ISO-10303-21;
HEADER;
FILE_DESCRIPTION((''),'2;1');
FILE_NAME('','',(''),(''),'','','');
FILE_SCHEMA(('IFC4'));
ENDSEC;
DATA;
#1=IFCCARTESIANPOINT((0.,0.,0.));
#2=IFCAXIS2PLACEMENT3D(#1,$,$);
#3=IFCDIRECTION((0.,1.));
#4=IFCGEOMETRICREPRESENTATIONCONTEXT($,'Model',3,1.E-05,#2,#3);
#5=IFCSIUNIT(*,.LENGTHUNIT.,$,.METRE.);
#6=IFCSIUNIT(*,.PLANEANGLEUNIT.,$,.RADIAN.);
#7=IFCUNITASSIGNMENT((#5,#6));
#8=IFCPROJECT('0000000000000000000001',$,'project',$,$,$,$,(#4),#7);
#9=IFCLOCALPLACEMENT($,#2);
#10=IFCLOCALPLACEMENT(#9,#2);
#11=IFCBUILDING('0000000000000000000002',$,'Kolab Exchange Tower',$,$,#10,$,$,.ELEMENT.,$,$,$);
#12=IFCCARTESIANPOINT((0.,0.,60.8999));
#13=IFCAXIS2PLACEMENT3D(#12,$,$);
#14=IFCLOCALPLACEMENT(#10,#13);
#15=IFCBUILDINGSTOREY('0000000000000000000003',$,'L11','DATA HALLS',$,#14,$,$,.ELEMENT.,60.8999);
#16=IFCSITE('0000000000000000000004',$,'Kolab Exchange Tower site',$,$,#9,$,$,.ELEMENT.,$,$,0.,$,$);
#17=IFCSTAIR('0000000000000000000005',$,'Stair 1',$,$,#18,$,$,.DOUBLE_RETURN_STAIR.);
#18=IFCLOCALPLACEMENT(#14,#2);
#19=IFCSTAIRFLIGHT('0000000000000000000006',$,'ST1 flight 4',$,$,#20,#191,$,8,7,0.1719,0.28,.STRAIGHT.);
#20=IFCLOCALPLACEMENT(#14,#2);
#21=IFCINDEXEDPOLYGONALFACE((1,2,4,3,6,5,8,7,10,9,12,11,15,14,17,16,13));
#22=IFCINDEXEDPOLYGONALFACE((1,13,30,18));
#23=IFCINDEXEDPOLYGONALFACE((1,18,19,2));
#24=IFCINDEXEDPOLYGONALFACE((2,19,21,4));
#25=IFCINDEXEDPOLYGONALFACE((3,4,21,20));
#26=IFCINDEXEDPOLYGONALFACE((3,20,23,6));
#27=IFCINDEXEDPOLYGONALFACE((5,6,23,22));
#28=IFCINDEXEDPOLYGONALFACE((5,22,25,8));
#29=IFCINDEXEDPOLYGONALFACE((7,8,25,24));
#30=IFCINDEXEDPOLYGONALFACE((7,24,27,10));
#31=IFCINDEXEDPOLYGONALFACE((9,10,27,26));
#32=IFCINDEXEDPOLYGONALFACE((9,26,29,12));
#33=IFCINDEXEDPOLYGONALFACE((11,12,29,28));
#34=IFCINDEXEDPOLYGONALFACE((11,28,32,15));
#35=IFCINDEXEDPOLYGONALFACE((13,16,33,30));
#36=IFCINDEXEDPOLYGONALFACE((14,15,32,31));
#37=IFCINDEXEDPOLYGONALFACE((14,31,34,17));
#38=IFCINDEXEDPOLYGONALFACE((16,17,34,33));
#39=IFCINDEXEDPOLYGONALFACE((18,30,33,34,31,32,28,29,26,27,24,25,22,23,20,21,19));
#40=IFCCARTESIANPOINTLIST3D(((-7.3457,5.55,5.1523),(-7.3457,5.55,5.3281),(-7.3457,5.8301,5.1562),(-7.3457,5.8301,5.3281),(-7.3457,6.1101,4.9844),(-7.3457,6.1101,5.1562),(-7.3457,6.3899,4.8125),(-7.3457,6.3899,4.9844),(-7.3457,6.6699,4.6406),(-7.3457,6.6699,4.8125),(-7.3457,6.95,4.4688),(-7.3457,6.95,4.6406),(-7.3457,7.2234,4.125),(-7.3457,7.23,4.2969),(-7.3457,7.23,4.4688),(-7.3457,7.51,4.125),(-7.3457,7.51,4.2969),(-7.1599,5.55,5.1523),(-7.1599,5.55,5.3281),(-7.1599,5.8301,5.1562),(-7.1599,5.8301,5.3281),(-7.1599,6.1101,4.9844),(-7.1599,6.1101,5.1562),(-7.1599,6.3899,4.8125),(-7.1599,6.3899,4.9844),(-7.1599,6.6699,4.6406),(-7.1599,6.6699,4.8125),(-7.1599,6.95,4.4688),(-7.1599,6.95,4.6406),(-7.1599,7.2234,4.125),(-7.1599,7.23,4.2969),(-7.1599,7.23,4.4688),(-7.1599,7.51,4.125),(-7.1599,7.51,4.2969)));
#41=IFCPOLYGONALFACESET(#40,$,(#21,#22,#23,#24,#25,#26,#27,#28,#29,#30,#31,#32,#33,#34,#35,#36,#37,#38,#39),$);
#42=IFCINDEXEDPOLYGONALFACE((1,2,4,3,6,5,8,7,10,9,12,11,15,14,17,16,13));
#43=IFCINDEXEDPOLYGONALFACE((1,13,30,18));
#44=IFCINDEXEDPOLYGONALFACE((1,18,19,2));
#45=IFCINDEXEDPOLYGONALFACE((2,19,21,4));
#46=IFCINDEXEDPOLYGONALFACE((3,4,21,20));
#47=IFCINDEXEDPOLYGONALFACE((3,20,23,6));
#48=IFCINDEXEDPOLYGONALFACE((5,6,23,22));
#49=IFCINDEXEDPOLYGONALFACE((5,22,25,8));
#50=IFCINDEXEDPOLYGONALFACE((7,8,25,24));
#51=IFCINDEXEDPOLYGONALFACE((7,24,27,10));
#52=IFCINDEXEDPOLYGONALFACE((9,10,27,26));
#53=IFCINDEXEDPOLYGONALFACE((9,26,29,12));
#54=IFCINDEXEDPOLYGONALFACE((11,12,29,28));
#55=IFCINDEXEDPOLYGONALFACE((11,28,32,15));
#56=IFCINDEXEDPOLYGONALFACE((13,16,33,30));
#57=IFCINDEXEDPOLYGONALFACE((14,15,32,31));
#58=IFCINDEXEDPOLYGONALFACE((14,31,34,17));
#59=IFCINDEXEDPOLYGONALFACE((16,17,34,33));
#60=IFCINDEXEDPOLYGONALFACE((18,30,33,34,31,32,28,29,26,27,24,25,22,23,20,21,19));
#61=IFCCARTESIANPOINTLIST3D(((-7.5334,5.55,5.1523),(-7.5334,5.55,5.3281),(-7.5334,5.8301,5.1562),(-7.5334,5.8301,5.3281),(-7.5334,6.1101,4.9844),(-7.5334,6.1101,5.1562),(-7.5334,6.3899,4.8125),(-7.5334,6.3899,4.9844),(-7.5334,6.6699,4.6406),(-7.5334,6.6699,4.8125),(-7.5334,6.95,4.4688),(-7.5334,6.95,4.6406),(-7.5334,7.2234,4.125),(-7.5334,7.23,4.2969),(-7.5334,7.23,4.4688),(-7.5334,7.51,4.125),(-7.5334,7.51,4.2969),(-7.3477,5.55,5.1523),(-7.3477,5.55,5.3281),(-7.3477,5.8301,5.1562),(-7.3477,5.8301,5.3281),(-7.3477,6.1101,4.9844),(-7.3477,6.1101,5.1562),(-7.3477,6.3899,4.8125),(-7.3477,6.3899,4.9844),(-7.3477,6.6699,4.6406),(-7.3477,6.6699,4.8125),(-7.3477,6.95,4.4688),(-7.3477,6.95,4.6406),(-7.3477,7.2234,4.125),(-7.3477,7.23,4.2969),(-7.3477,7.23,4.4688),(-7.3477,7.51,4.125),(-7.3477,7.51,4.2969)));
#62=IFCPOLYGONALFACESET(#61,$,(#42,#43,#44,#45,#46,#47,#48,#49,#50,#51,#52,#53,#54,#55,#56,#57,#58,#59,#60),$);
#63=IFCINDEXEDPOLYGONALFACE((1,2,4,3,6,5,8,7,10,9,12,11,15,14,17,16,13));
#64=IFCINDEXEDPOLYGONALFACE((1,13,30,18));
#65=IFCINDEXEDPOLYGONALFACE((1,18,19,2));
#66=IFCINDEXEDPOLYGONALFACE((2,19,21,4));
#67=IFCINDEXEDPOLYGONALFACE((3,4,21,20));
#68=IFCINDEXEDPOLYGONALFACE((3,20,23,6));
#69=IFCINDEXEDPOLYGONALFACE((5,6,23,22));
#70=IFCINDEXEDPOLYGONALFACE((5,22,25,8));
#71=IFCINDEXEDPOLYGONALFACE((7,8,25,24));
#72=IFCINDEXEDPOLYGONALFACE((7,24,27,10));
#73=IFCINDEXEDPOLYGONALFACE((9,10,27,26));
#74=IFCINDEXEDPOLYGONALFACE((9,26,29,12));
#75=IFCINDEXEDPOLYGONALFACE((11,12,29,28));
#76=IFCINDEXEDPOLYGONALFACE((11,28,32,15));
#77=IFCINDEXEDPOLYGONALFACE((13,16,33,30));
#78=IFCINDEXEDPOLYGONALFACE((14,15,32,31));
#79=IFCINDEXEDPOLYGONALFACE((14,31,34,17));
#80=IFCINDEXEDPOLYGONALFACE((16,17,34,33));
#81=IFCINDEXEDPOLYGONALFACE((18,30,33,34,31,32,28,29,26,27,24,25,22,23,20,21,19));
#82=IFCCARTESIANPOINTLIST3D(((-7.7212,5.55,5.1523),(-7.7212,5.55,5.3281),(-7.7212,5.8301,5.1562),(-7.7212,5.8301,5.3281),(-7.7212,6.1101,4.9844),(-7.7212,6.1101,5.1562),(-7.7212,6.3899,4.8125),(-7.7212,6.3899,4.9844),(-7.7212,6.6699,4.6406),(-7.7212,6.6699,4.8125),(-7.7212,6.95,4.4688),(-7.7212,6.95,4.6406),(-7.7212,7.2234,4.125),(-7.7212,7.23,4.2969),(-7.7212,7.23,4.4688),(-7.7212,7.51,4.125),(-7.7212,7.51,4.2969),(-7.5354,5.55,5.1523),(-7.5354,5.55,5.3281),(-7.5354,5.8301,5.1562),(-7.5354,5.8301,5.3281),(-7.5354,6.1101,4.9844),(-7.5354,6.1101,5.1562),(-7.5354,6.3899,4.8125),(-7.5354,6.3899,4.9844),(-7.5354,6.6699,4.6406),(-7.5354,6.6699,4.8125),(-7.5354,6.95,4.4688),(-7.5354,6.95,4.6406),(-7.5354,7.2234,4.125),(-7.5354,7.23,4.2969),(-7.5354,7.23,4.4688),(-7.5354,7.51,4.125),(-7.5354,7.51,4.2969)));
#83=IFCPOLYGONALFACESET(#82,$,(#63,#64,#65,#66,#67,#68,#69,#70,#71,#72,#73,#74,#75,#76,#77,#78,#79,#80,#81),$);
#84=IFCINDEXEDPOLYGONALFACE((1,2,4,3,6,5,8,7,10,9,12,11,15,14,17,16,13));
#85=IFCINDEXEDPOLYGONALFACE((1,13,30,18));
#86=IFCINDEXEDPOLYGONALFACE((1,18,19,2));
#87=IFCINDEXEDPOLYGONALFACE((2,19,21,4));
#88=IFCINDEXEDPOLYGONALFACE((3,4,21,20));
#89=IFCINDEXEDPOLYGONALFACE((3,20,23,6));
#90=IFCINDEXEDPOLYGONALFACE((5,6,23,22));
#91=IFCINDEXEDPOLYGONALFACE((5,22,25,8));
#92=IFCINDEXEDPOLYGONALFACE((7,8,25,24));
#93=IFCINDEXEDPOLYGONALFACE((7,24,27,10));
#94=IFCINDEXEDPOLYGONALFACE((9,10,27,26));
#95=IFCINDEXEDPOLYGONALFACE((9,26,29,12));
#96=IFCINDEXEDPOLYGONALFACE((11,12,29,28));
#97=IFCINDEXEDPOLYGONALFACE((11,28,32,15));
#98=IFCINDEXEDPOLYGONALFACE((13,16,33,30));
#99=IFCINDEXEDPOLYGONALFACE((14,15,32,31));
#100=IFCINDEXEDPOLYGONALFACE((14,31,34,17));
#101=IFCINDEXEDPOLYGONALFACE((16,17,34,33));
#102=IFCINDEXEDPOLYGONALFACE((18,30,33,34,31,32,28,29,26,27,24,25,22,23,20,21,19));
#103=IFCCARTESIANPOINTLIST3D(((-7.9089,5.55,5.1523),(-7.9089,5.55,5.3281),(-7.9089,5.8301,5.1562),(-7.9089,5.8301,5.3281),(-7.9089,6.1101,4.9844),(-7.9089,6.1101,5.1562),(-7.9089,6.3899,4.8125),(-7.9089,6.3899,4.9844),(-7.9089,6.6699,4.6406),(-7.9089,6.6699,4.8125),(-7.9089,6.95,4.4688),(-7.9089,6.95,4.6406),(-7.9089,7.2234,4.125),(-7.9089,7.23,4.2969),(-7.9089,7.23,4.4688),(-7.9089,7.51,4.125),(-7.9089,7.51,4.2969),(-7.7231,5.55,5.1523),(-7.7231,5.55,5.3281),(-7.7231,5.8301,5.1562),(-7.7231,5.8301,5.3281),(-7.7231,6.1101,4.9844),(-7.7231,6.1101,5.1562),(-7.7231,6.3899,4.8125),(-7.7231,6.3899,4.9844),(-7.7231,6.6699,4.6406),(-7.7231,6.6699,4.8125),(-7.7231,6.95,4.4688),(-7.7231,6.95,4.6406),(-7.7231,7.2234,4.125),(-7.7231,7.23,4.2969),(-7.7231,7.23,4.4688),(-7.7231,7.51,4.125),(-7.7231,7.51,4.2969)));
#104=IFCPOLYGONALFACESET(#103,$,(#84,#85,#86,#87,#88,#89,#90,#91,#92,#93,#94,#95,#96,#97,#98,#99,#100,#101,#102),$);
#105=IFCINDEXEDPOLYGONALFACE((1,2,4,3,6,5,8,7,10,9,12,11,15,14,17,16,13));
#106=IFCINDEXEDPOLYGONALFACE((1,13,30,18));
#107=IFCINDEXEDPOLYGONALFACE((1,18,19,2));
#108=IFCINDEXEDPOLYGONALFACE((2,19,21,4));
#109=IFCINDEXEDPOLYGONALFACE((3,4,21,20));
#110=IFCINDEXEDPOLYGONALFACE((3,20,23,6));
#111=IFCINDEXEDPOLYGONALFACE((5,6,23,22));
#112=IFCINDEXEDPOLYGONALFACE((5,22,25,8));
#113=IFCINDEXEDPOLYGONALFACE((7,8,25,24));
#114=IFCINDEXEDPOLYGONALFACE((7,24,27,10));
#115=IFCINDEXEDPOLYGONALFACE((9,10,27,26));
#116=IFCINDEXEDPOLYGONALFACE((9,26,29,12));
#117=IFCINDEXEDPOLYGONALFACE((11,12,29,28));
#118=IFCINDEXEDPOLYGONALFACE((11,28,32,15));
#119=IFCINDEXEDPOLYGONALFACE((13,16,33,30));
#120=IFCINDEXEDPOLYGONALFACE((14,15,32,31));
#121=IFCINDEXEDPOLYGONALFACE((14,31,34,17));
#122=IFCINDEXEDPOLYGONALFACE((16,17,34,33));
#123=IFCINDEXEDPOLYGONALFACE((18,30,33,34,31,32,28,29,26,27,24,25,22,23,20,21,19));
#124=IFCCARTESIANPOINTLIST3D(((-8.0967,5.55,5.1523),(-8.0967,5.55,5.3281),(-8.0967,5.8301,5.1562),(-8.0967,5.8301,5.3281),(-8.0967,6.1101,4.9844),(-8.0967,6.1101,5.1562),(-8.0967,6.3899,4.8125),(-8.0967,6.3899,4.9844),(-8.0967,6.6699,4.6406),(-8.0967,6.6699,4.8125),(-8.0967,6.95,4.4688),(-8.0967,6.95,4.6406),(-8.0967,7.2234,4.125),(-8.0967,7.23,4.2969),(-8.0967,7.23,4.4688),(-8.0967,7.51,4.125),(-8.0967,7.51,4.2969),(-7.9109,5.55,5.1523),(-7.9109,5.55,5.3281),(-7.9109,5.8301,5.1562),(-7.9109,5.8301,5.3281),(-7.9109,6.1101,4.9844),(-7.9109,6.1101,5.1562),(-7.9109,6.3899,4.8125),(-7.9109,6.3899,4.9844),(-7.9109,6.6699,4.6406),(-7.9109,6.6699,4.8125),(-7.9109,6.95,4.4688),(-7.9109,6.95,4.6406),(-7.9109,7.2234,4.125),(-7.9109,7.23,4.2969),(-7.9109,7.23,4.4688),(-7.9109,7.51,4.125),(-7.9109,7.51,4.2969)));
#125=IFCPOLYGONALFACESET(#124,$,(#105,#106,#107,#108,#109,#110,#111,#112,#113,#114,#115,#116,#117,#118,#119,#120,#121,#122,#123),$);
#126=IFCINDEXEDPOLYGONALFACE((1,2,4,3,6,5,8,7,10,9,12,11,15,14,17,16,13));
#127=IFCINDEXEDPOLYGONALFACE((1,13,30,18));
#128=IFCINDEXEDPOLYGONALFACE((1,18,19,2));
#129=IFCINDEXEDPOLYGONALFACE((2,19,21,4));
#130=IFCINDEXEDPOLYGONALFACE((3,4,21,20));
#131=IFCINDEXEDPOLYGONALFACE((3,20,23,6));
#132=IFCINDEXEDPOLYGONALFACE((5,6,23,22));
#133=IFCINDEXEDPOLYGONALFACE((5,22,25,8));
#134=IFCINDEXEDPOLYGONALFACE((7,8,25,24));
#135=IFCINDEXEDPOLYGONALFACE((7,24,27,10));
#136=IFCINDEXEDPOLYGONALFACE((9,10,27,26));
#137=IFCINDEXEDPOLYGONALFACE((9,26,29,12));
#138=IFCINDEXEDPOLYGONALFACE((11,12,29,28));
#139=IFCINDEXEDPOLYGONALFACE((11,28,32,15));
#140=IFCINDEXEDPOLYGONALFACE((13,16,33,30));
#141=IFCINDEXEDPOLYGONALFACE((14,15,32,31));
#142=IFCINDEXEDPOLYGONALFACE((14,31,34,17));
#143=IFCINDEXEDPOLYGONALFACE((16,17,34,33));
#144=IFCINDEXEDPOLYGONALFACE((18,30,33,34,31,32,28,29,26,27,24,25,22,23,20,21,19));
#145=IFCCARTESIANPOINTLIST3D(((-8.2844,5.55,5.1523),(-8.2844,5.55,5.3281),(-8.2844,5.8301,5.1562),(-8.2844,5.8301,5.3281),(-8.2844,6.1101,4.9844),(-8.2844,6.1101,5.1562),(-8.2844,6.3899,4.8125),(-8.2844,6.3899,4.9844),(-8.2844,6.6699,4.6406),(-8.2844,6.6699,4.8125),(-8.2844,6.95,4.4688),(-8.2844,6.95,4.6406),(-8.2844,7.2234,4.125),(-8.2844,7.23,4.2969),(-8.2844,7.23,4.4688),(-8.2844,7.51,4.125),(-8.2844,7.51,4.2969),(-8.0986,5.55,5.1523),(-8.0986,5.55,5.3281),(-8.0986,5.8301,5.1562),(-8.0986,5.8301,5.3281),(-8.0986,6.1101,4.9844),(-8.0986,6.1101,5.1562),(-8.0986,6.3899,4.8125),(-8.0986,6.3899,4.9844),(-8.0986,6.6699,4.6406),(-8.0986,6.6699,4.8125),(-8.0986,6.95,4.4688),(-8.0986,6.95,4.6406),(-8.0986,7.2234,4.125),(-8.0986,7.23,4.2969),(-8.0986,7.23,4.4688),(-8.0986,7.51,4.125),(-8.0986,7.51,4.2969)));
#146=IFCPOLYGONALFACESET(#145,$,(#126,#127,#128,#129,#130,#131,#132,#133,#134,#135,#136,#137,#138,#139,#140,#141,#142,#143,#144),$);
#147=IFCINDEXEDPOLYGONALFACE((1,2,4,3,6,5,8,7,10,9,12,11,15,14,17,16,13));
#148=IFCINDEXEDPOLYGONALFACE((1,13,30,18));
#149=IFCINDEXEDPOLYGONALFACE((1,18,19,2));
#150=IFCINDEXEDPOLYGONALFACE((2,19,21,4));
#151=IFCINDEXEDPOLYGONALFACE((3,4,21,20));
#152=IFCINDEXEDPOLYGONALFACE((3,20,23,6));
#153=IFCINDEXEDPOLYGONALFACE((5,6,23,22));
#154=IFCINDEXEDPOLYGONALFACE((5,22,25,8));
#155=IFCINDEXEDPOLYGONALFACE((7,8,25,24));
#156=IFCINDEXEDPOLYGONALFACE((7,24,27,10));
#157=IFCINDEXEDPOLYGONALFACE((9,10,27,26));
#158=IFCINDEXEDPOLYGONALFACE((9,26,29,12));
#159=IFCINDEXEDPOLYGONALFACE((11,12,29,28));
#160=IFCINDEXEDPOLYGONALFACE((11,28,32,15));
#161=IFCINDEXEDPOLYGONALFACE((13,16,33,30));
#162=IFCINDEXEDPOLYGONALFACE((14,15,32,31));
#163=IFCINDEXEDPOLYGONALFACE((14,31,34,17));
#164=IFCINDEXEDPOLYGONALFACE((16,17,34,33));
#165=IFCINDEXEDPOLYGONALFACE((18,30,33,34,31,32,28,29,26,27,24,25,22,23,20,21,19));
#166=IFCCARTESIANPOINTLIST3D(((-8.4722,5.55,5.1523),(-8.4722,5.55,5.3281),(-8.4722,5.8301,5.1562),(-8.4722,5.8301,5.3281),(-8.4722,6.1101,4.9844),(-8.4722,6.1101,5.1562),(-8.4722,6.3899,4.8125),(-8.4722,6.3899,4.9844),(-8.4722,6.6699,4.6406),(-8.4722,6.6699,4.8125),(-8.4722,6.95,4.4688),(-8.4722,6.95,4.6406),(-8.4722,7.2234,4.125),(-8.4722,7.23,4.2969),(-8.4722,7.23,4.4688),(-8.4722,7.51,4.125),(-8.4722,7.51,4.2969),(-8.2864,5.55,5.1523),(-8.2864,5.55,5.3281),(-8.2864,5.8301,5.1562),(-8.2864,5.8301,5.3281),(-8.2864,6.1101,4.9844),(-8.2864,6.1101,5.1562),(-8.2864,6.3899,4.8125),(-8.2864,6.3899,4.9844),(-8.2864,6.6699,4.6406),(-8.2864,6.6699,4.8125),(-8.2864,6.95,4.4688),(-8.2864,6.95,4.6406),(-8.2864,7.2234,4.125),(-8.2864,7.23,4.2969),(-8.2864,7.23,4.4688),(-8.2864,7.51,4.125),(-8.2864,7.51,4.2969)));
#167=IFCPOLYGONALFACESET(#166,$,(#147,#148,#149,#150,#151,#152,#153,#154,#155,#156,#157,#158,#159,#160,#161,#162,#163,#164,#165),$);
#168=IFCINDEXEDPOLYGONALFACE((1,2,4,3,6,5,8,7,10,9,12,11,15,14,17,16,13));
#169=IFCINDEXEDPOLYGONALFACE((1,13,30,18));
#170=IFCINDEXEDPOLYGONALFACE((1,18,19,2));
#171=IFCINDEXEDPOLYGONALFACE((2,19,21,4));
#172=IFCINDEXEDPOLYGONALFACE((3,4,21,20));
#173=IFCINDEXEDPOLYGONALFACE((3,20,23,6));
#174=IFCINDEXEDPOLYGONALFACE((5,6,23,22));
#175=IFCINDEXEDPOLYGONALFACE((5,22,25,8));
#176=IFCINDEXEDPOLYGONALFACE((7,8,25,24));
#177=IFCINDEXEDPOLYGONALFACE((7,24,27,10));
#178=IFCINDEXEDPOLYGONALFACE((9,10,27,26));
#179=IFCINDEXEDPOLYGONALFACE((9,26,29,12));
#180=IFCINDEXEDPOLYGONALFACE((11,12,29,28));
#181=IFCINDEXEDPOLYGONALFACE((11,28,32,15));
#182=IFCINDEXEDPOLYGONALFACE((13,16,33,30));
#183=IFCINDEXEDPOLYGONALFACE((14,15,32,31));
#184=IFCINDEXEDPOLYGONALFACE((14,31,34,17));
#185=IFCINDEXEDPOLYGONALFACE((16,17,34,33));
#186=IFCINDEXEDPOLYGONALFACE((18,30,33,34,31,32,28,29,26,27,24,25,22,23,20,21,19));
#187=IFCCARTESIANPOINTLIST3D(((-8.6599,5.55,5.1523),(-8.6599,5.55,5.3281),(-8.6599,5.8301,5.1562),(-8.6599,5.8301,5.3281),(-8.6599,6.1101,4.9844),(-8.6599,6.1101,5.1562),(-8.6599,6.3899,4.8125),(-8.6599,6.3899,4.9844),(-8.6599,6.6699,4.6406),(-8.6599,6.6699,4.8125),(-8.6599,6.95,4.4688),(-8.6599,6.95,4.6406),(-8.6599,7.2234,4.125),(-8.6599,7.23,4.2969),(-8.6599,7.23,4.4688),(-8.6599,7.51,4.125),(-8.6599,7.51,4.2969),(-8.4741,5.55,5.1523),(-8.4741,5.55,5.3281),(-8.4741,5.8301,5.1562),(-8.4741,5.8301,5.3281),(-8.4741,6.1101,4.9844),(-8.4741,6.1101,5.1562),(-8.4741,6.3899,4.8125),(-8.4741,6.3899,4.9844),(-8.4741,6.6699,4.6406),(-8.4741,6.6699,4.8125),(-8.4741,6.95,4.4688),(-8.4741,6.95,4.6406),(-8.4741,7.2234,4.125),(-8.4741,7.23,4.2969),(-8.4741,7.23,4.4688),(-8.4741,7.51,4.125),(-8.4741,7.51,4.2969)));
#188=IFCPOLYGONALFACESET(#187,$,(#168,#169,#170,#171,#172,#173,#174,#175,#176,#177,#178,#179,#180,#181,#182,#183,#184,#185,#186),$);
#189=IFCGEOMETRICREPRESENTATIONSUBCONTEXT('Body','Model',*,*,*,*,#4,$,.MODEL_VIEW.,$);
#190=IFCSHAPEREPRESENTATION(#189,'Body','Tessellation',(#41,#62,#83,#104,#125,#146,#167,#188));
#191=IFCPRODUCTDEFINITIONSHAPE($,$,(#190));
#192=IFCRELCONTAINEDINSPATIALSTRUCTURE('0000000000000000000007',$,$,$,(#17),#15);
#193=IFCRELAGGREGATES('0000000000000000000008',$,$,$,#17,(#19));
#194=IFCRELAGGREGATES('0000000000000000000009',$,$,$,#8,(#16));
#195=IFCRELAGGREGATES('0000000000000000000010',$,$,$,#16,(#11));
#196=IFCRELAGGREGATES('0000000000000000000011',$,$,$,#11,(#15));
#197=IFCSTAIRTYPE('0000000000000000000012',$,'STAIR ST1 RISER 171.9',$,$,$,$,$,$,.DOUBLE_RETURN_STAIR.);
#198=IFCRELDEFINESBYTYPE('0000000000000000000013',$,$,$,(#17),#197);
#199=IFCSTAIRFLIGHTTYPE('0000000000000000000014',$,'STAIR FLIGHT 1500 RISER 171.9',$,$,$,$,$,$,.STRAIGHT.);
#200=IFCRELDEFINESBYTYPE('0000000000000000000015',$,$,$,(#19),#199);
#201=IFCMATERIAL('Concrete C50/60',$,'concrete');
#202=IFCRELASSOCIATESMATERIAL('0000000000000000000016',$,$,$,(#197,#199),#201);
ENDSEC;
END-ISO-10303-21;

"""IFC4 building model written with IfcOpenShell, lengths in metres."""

from ifc_helpers import new_model, si_unit, direction, frame, origin, place, context, subcontext, project, spatial, polyline, outline, extrude, material, type_object, element, aggregate, save


model = new_model("IFC4")

# Units and contexts
model_context = context("Model", 3, precision=1e-05, world=origin(), true_north=direction((0.0, 1.0)))
body_context = subcontext(model_context, "Body", "Model", "MODEL_VIEW")
ifc_project = project(units=[si_unit("LENGTHUNIT", "METRE"), si_unit("PLANEANGLEUNIT", "RADIAN")], contexts=[model_context])

# Site, building, storey
site_placement = place(None, origin())
site = spatial("IfcSite", under=ifc_project, at=site_placement, Name="Kolab Exchange Tower site", CompositionType="ELEMENT", RefElevation=0.0)
building_placement = place(site_placement, origin())
building = spatial("IfcBuilding", under=site, at=building_placement, Name="Kolab Exchange Tower", CompositionType="ELEMENT")
storey_placement = place(building_placement, frame((0.0, 0.0, 60.8999)))
storey = spatial("IfcBuildingStorey", under=building, at=storey_placement, Name="L11", Description="DATA HALLS", CompositionType="ELEMENT", Elevation=60.8999)

# Shared definitions
ifc_material_1 = material(Name="Concrete C50/60", Category="concrete")

# Stair, stair flight
stair_type = type_object("IfcStairType", Name="STAIR ST1 RISER 171.9", PredefinedType="DOUBLE_RETURN_STAIR", material=ifc_material_1)
stair_placement = place(storey_placement, origin())
stair = element("IfcStair", 1, at=stair_placement, inside=storey, type_object=stair_type, Name="Stair 1", PredefinedType="DOUBLE_RETURN_STAIR")
stair_flight_type = type_object("IfcStairFlightType", Name="STAIR FLIGHT 1500 RISER 171.9", PredefinedType="STRAIGHT", material=ifc_material_1)
stair_flight_1_placement = place(storey_placement, frame((-7.9099, 7.51, 4.125), z_axis=(0.0, 0.0, 1.0), x_axis=(0.0, -1.0, 0.0)))
stair_flight_1 = element("IfcStairFlight", 2, at=stair_flight_1_placement, type_object=stair_flight_type, Name="ST1 flight 4", NumberOfRisers=8, NumberOfTreads=7, PredefinedType="STRAIGHT", RiserHeight=0.1719, TreadLength=0.28, context=body_context, shape_type="SweptSolid", body=[
    extrude(outline(polyline([(0.0, 0.0), (0.0, 0.1719), (0.28, 0.1719), (0.28, 0.3438), (0.5601, 0.3438), (0.5601, 0.5156), (0.8401, 0.5156), (0.8401, 0.6875), (1.1201, 0.6875), (1.1201, 0.8594), (1.3999, 0.8594), (1.3999, 1.0312), (1.6799, 1.0312), (1.6799, 1.2031), (1.96, 1.2031), (1.96, 1.375), (1.96, 1.0273), (0.2866, 0.0), (0.0, 0.0)])), frame((0.0, 0.75, 0.0), z_axis=(0.0, -1.0, 0.0), x_axis=(1.0, 0.0, 0.0)), (0.0, 0.0, 1.0), 0.1858),
    extrude(outline(polyline([(0.0, 0.0), (0.0, 0.1719), (0.28, 0.1719), (0.28, 0.3438), (0.5601, 0.3438), (0.5601, 0.5156), (0.8401, 0.5156), (0.8401, 0.6875), (1.1201, 0.6875), (1.1201, 0.8594), (1.3999, 0.8594), (1.3999, 1.0312), (1.6799, 1.0312), (1.6799, 1.2031), (1.96, 1.2031), (1.96, 1.375), (1.96, 1.0273), (0.2866, 0.0), (0.0, 0.0)])), frame((0.0, 0.5623, 0.0), z_axis=(0.0, -1.0, 0.0), x_axis=(1.0, 0.0, 0.0)), (0.0, 0.0, 1.0), 0.1858),
    extrude(outline(polyline([(0.0, 0.0), (0.0, 0.1719), (0.28, 0.1719), (0.28, 0.3438), (0.5601, 0.3438), (0.5601, 0.5156), (0.8401, 0.5156), (0.8401, 0.6875), (1.1201, 0.6875), (1.1201, 0.8594), (1.3999, 0.8594), (1.3999, 1.0312), (1.6799, 1.0312), (1.6799, 1.2031), (1.96, 1.2031), (1.96, 1.375), (1.96, 1.0273), (0.2866, 0.0), (0.0, 0.0)])), frame((0.0, 0.3745, 0.0), z_axis=(0.0, -1.0, 0.0), x_axis=(1.0, 0.0, 0.0)), (0.0, 0.0, 1.0), 0.1858),
    extrude(outline(polyline([(0.0, 0.0), (0.0, 0.1719), (0.28, 0.1719), (0.28, 0.3438), (0.5601, 0.3438), (0.5601, 0.5156), (0.8401, 0.5156), (0.8401, 0.6875), (1.1201, 0.6875), (1.1201, 0.8594), (1.3999, 0.8594), (1.3999, 1.0312), (1.6799, 1.0312), (1.6799, 1.2031), (1.96, 1.2031), (1.96, 1.375), (1.96, 1.0273), (0.2866, 0.0), (0.0, 0.0)])), frame((0.0, 0.1868, 0.0), z_axis=(0.0, -1.0, 0.0), x_axis=(1.0, 0.0, 0.0)), (0.0, 0.0, 1.0), 0.1858),
    extrude(outline(polyline([(0.0, 0.0), (0.0, 0.1719), (0.28, 0.1719), (0.28, 0.3438), (0.5601, 0.3438), (0.5601, 0.5156), (0.8401, 0.5156), (0.8401, 0.6875), (1.1201, 0.6875), (1.1201, 0.8594), (1.3999, 0.8594), (1.3999, 1.0312), (1.6799, 1.0312), (1.6799, 1.2031), (1.96, 1.2031), (1.96, 1.375), (1.96, 1.0273), (0.2866, 0.0), (0.0, 0.0)])), frame((0.0, -0.001, 0.0), z_axis=(0.0, -1.0, 0.0), x_axis=(1.0, 0.0, 0.0)), (0.0, 0.0, 1.0), 0.1858),
    extrude(outline(polyline([(0.0, 0.0), (0.0, 0.1719), (0.28, 0.1719), (0.28, 0.3438), (0.5601, 0.3438), (0.5601, 0.5156), (0.8401, 0.5156), (0.8401, 0.6875), (1.1201, 0.6875), (1.1201, 0.8594), (1.3999, 0.8594), (1.3999, 1.0312), (1.6799, 1.0312), (1.6799, 1.2031), (1.96, 1.2031), (1.96, 1.375), (1.96, 1.0273), (0.2866, 0.0), (0.0, 0.0)])), frame((0.0, -0.1887, 0.0), z_axis=(0.0, -1.0, 0.0), x_axis=(1.0, 0.0, 0.0)), (0.0, 0.0, 1.0), 0.1858),
    extrude(outline(polyline([(0.0, 0.0), (0.0, 0.1719), (0.28, 0.1719), (0.28, 0.3438), (0.5601, 0.3438), (0.5601, 0.5156), (0.8401, 0.5156), (0.8401, 0.6875), (1.1201, 0.6875), (1.1201, 0.8594), (1.3999, 0.8594), (1.3999, 1.0312), (1.6799, 1.0312), (1.6799, 1.2031), (1.96, 1.2031), (1.96, 1.375), (1.96, 1.0273), (0.2866, 0.0), (0.0, 0.0)])), frame((0.0, -0.3765, 0.0), z_axis=(0.0, -1.0, 0.0), x_axis=(1.0, 0.0, 0.0)), (0.0, 0.0, 1.0), 0.1858),
    extrude(outline(polyline([(0.0, 0.0), (0.0, 0.1719), (0.28, 0.1719), (0.28, 0.3438), (0.5601, 0.3438), (0.5601, 0.5156), (0.8401, 0.5156), (0.8401, 0.6875), (1.1201, 0.6875), (1.1201, 0.8594), (1.3999, 0.8594), (1.3999, 1.0312), (1.6799, 1.0312), (1.6799, 1.2031), (1.96, 1.2031), (1.96, 1.375), (1.96, 1.0273), (0.2866, 0.0), (0.0, 0.0)])), frame((0.0, -0.5642, 0.0), z_axis=(0.0, -1.0, 0.0), x_axis=(1.0, 0.0, 0.0)), (0.0, 0.0, 1.0), 0.1858),
])
aggregate(stair, [stair_flight_1])

save(model, "model.ifc")
